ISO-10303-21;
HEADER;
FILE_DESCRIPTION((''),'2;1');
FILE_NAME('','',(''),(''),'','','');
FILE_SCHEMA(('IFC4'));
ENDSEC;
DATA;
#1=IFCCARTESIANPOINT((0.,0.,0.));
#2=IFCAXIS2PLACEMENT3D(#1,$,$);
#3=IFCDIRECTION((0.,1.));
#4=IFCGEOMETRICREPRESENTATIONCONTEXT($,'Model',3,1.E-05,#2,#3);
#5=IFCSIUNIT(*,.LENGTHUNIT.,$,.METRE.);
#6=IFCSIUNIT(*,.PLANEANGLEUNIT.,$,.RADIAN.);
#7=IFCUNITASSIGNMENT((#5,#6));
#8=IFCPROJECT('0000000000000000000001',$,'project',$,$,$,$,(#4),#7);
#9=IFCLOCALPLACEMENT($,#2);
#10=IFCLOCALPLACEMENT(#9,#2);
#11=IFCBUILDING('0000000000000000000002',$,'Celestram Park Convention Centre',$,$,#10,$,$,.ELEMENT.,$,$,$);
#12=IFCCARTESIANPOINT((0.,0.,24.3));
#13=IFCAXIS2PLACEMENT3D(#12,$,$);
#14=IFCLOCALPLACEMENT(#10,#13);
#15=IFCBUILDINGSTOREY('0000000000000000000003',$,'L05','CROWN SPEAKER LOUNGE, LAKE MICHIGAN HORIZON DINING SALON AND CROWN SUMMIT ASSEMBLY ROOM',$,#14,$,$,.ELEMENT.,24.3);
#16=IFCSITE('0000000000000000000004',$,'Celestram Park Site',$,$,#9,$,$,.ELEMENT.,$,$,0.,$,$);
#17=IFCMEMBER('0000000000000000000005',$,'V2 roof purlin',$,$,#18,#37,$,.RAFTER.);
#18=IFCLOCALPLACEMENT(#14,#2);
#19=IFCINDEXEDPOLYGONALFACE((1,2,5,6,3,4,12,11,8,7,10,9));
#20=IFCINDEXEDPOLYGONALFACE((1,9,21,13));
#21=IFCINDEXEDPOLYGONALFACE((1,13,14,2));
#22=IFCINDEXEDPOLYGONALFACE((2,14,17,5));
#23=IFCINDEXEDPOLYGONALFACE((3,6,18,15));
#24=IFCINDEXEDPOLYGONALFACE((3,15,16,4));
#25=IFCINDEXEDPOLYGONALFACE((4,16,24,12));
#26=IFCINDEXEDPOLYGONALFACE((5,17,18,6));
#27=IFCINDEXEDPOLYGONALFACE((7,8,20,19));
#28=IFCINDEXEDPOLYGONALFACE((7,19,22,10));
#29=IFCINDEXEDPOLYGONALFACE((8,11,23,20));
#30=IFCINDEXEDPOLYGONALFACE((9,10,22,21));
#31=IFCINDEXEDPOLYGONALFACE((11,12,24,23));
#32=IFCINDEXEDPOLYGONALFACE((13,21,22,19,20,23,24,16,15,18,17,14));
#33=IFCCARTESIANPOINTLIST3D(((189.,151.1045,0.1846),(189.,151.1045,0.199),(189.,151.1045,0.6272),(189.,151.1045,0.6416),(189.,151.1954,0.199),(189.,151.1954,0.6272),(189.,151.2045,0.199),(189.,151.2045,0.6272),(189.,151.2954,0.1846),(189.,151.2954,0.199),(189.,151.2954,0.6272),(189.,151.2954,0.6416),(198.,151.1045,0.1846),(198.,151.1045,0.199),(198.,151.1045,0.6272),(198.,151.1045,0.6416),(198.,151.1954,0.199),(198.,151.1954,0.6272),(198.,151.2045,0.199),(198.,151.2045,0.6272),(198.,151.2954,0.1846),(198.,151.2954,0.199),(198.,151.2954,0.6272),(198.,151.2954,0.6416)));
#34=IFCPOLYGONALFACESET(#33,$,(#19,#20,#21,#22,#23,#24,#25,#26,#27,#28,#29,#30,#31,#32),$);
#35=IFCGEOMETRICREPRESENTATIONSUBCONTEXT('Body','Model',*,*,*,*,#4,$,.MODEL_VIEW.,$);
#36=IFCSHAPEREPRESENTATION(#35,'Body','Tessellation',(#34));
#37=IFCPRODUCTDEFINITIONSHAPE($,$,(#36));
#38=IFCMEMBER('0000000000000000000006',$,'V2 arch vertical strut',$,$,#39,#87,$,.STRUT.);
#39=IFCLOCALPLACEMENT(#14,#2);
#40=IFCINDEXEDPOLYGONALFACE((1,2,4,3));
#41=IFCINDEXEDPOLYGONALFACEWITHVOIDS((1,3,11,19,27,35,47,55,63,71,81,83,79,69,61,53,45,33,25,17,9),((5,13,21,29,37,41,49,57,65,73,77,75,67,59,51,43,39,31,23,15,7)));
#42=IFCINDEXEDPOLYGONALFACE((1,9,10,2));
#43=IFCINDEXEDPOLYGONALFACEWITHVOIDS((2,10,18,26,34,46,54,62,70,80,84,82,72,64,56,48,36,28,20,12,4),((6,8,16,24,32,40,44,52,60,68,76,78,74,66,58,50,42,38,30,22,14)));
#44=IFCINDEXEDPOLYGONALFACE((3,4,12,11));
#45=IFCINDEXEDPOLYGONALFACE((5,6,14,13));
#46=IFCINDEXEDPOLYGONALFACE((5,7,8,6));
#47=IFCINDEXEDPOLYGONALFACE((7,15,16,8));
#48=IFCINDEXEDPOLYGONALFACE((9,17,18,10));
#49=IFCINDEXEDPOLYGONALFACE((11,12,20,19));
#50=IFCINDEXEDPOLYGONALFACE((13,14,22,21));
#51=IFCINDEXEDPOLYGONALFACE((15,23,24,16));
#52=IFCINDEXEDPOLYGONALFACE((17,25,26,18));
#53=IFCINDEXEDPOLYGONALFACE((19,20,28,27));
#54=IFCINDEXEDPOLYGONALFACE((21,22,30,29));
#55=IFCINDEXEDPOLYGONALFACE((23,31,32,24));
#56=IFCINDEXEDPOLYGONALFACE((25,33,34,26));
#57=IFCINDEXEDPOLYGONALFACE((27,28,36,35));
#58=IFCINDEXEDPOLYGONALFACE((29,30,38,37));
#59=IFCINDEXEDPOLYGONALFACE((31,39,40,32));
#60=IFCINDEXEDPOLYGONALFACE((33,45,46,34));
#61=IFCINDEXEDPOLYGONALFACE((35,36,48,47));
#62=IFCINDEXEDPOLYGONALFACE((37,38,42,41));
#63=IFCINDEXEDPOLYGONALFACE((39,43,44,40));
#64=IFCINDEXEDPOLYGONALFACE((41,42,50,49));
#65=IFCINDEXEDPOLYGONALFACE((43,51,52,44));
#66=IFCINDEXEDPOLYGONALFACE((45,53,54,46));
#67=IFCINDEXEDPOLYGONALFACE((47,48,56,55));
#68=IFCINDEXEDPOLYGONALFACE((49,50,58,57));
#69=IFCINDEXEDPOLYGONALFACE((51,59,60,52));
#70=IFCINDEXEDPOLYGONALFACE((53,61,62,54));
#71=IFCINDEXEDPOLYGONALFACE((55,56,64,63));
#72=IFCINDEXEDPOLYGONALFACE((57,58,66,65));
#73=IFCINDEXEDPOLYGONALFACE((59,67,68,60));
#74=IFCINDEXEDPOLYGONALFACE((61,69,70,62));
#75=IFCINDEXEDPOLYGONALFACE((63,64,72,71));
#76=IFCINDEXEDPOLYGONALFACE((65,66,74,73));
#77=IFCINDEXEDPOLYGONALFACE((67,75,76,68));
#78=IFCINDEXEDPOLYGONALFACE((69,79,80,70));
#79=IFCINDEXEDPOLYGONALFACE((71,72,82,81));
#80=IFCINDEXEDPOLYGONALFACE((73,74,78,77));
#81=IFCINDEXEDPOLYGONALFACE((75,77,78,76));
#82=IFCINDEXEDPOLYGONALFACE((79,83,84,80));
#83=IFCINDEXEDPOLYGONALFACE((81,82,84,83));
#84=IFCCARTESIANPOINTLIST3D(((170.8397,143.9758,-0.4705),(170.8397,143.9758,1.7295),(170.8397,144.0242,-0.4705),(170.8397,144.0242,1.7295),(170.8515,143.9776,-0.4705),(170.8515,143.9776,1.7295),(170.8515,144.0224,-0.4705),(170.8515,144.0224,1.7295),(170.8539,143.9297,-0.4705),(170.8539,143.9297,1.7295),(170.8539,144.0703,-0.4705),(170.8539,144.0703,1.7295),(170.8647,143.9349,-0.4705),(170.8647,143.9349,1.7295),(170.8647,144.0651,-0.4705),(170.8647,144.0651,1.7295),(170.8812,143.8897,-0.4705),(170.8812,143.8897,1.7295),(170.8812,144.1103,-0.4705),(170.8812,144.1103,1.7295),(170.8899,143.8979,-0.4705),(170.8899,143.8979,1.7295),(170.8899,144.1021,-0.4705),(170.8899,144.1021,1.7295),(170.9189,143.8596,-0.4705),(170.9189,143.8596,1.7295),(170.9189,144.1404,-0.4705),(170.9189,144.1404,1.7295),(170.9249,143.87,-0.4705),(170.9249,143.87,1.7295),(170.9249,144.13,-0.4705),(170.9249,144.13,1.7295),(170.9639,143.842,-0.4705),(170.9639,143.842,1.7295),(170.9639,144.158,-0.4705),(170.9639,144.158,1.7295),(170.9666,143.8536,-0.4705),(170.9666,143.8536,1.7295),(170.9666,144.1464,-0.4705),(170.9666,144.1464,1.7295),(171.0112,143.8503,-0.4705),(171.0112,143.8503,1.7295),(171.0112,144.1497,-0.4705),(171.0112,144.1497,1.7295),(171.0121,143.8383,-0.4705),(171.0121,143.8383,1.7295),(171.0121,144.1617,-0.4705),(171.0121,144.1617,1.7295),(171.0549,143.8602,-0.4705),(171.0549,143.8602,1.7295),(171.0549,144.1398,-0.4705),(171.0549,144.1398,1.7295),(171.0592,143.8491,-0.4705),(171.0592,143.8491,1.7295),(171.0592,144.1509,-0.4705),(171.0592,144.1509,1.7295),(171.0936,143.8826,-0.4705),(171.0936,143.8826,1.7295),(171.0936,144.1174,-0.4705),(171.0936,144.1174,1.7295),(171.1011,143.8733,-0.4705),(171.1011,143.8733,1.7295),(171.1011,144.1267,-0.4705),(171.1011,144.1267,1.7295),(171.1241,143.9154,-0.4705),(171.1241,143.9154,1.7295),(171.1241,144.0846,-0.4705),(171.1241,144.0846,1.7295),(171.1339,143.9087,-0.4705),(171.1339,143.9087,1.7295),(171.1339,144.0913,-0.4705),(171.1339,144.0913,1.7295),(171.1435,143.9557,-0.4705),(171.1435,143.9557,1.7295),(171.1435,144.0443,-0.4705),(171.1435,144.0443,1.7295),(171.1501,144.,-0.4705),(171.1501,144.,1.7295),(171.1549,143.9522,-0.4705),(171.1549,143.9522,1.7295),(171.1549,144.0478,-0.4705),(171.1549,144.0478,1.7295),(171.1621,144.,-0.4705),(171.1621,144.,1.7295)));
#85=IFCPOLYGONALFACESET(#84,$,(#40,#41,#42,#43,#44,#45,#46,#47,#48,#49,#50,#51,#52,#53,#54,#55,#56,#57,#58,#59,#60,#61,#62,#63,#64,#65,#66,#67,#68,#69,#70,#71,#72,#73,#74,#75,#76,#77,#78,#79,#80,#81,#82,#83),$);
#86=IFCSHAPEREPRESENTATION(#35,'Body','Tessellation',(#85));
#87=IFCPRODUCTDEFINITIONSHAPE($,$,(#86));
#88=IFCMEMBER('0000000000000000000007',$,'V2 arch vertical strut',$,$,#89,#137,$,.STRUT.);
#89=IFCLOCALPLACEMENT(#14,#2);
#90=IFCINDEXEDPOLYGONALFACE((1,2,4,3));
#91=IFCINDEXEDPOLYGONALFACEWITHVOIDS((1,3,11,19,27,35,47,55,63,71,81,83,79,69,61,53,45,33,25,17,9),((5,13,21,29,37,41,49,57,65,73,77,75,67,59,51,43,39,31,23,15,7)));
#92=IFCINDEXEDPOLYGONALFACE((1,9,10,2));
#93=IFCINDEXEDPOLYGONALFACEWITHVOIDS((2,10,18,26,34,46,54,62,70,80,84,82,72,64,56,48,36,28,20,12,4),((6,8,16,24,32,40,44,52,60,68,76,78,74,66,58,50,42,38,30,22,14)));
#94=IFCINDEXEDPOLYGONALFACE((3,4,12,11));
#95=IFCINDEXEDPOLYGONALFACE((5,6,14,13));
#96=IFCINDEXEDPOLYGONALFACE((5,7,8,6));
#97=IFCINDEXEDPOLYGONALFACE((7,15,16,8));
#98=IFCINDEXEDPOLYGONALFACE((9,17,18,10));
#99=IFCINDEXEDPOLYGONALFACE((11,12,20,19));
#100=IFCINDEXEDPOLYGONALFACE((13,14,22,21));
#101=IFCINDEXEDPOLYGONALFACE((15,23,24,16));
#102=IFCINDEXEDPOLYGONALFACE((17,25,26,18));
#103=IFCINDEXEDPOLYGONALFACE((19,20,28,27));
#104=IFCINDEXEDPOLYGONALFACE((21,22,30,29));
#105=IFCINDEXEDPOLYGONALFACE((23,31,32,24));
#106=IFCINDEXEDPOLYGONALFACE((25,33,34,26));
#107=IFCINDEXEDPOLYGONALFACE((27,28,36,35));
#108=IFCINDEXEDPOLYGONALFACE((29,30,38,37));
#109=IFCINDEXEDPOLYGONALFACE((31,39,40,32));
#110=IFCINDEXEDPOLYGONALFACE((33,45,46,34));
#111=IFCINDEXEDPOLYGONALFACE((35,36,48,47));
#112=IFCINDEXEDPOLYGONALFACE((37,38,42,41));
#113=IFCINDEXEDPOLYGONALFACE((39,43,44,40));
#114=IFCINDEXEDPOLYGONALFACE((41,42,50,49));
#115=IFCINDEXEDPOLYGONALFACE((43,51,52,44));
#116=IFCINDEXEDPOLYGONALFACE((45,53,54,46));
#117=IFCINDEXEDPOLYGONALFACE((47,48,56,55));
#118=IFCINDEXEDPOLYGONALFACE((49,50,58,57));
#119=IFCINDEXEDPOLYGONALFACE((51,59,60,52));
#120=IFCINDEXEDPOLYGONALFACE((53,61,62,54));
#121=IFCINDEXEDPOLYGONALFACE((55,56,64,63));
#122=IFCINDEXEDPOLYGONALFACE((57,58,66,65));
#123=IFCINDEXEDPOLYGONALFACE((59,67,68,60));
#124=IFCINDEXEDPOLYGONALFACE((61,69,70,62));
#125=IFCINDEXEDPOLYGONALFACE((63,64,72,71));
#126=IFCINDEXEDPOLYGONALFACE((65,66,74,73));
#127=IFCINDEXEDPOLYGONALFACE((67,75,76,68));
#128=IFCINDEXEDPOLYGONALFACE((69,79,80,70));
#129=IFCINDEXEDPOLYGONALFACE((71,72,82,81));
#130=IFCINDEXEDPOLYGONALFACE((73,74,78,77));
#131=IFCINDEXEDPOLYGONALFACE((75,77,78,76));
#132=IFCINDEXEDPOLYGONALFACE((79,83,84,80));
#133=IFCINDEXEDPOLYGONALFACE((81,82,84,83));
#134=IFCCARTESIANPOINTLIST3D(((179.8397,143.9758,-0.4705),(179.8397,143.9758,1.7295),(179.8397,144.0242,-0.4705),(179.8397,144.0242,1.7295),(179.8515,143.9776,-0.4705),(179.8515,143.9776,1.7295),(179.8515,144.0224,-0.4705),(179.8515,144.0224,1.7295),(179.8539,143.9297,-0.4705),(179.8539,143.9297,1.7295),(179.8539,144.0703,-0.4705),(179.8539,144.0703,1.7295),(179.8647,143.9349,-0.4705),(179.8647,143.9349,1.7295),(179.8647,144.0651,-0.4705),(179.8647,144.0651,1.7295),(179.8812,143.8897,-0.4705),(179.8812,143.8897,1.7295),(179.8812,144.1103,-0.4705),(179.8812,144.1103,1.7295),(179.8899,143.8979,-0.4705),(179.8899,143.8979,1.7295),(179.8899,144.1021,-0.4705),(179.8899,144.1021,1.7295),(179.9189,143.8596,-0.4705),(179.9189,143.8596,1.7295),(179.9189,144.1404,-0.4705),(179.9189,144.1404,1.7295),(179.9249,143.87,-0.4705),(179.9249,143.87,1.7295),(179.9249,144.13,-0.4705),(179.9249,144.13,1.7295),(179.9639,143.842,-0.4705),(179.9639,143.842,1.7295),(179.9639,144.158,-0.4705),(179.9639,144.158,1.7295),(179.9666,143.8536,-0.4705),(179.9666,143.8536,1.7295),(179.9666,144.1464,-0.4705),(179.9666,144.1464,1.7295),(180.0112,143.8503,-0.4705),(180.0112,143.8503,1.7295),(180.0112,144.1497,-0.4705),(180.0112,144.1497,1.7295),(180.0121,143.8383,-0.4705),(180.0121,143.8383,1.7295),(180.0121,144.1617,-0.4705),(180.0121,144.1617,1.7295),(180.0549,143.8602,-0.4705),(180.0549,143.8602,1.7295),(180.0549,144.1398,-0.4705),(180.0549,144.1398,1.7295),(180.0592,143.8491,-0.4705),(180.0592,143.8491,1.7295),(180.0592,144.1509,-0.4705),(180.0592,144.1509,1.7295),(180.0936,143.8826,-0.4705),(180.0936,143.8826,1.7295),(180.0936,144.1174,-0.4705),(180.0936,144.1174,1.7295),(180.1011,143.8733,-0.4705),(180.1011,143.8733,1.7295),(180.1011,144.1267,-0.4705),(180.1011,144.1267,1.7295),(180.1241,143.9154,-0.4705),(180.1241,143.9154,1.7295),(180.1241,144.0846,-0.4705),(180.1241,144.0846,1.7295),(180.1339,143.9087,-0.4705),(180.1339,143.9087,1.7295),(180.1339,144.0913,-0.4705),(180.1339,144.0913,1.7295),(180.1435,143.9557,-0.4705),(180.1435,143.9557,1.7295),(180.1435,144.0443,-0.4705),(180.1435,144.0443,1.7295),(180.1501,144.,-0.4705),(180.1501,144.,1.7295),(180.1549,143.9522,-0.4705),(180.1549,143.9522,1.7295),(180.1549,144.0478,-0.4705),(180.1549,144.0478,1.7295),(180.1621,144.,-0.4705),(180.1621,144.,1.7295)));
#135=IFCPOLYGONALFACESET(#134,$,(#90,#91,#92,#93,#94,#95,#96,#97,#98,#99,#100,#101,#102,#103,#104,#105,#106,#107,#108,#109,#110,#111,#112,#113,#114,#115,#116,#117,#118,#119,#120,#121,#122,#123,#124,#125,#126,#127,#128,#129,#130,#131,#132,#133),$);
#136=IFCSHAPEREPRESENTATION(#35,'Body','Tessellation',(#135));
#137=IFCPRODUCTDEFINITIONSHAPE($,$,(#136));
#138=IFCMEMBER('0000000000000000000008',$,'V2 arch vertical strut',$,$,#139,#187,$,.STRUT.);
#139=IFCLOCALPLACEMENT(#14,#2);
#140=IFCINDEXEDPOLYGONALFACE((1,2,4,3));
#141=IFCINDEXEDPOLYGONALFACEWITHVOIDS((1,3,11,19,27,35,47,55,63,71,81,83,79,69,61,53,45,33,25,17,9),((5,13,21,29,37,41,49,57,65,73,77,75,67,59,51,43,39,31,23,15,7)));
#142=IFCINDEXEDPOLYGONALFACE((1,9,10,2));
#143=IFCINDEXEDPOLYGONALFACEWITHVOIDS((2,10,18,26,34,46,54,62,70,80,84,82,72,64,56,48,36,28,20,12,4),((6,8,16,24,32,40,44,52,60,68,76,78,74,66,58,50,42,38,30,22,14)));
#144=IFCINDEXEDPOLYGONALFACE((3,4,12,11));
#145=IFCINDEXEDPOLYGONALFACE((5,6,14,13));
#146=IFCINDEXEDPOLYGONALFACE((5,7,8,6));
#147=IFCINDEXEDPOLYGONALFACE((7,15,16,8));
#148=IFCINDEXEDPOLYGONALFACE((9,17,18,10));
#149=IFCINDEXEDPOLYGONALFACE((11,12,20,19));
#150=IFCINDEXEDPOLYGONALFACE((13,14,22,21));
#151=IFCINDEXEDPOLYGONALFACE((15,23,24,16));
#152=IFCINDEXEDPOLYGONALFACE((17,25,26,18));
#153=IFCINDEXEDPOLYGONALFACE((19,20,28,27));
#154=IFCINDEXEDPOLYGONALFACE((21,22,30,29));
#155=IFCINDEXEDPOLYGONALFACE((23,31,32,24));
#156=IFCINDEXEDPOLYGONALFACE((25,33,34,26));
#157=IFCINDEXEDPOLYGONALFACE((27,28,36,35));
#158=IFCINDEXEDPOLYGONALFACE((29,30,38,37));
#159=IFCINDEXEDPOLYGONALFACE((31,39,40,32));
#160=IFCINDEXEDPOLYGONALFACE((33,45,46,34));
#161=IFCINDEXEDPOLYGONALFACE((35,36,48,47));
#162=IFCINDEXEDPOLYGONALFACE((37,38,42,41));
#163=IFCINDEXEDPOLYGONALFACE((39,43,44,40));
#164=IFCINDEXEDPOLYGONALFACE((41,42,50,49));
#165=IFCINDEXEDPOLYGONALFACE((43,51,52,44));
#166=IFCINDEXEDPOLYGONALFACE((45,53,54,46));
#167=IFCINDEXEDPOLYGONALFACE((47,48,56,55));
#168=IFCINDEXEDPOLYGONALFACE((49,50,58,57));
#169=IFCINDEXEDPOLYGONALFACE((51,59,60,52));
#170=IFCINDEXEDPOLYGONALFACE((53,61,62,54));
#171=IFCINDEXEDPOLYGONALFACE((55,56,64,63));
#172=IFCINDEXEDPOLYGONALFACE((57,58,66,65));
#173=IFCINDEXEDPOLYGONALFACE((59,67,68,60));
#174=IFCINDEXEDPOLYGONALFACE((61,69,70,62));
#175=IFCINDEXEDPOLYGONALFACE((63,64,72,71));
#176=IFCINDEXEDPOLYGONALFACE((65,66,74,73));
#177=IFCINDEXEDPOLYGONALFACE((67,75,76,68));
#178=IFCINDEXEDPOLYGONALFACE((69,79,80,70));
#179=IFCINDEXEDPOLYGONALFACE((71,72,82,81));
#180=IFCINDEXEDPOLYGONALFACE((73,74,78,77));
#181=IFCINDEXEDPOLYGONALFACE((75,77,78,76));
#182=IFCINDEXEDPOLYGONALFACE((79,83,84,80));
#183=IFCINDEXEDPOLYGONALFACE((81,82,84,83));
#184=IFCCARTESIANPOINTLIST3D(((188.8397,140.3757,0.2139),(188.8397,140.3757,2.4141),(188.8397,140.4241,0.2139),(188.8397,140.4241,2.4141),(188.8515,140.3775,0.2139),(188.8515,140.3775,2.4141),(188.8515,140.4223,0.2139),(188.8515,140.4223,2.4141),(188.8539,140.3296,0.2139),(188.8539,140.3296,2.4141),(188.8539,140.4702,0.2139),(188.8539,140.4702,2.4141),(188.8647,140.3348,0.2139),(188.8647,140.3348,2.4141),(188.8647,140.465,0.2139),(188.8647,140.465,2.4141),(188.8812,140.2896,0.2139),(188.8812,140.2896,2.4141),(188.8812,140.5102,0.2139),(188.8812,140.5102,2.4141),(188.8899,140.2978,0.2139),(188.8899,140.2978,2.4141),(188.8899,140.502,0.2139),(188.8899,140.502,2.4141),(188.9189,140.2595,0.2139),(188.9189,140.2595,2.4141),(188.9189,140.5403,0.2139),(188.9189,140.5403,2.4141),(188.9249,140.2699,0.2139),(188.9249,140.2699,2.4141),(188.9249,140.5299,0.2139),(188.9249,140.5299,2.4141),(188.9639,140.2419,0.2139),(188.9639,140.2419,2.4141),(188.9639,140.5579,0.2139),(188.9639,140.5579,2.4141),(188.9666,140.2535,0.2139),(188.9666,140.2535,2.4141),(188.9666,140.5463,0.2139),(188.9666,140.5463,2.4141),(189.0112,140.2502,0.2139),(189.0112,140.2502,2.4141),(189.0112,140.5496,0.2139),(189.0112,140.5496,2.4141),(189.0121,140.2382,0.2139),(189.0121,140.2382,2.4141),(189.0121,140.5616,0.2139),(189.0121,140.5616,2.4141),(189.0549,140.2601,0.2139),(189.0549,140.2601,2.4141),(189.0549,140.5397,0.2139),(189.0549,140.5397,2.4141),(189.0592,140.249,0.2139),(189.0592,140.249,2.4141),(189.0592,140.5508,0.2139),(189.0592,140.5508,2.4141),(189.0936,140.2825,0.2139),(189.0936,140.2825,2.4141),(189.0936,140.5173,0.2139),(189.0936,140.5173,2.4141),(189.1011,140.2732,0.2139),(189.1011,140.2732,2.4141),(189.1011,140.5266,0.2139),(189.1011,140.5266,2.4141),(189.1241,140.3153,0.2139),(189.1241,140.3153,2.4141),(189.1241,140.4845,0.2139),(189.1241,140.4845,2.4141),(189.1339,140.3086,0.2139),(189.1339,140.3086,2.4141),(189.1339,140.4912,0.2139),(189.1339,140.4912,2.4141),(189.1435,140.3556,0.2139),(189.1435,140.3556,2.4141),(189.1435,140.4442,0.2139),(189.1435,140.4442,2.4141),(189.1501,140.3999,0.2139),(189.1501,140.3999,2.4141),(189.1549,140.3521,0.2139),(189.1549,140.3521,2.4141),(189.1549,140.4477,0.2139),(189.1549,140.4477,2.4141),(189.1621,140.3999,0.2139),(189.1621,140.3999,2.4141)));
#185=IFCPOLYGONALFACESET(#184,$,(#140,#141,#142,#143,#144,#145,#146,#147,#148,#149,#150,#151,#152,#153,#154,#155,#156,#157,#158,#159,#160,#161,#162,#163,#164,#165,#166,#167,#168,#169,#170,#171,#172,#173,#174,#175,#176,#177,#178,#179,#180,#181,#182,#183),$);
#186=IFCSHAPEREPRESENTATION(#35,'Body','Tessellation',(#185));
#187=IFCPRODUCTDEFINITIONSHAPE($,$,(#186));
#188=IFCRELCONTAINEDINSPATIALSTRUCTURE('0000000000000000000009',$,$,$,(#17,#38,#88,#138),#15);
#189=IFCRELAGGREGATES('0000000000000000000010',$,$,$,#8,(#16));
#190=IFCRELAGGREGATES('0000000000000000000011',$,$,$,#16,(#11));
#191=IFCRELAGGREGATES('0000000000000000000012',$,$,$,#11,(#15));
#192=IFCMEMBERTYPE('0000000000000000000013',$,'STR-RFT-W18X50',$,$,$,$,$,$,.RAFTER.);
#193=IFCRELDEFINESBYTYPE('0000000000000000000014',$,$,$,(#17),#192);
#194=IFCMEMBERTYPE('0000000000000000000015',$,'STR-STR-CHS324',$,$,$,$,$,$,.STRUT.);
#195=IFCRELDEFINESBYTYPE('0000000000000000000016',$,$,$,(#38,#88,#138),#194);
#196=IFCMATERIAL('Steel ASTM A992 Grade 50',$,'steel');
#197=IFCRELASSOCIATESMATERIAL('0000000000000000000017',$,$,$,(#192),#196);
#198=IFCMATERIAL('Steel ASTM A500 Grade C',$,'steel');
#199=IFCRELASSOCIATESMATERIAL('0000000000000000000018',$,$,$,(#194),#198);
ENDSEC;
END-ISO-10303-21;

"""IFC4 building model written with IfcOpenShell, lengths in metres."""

from ifc_helpers import new_model, si_unit, direction, frame, origin, origin_2d, place, context, subcontext, project, spatial, hollow_circle, i_section, extrude, material, material_profile, profile_set, type_object, element, save


model = new_model("IFC4")

# Units and contexts
model_context = context("Model", 3, precision=1e-05, world=origin(), true_north=direction((0.0, 1.0)))
body_context = subcontext(model_context, "Body", "Model", "MODEL_VIEW")
ifc_project = project(units=[si_unit("LENGTHUNIT", "METRE"), si_unit("PLANEANGLEUNIT", "RADIAN")], contexts=[model_context])

# Site, building, storey
site_placement = place(None, origin())
site = spatial("IfcSite", under=ifc_project, at=site_placement, Name="Celestram Park Site", CompositionType="ELEMENT", RefElevation=0.0)
building_placement = place(site_placement, origin())
building = spatial("IfcBuilding", under=site, at=building_placement, Name="Celestram Park Convention Centre", CompositionType="ELEMENT")
storey_placement = place(building_placement, frame((0.0, 0.0, 24.3)))
storey = spatial("IfcBuildingStorey", under=building, at=storey_placement, Name="L05", Description="CROWN SPEAKER LOUNGE, LAKE MICHIGAN HORIZON DINING SALON AND CROWN SUMMIT ASSEMBLY ROOM", CompositionType="ELEMENT", Elevation=24.3)

# Members
ifc_material_1 = material(Name="Steel ASTM A500 Grade C", Category="steel")
ifc_material_2 = material(Name="Steel ASTM A992 Grade 50", Category="steel")
ifc_material_profile_1 = material_profile(ifc_material_2, i_section(OverallWidth=0.1909, OverallDepth=0.457, WebThickness=0.009, FlangeThickness=0.0144, at=origin_2d()), Name="W18X50")
ifc_profile_set_1 = profile_set([ifc_material_profile_1], Name="Steel ASTM A992 Grade 50")
member_type_1 = type_object("IfcMemberType", Name="STR-RFT-W18X50", PredefinedType="RAFTER", material=ifc_profile_set_1)
for number, where, z_axis, x_axis, name in (
    (1, (189.0, 151.2, 0.4131), (1.0, 0.0, 0.0), (0.0, 1.0, 0.0), "V2 roof purlin"),
):
    element("IfcMember", number, at=place(storey_placement, frame(where, z_axis=z_axis, x_axis=x_axis)), inside=storey, type_object=member_type_1, Name=name, PredefinedType="RAFTER", context=body_context, shape_type="SweptSolid", body=[
        extrude(i_section(OverallWidth=0.1909, OverallDepth=0.457, WebThickness=0.009, FlangeThickness=0.0144, at=origin_2d()), origin(), (0.0, 0.0, 1.0), 9.0),
    ])
ifc_material_profile_2 = material_profile(ifc_material_1, hollow_circle(Radius=0.1621, WallThickness=0.012, at=origin_2d()), Name="CHS324X12")
ifc_profile_set_2 = profile_set([ifc_material_profile_2], Name="Steel ASTM A500 Grade C")
member_type_2 = type_object("IfcMemberType", Name="STR-STR-CHS324", PredefinedType="STRUT", material=ifc_profile_set_2)
for number, where, z_axis, x_axis, name in (
    (2, (171.0, 144.0, -0.4705), (0.0, 0.0, 1.0), (1.0, 0.0, 0.0), "V2 arch vertical strut"),
    (3, (180.0, 144.0, -0.4705), (0.0, 0.0, 1.0), (1.0, 0.0, 0.0), "V2 arch vertical strut"),
):
    element("IfcMember", number, at=place(storey_placement, frame(where, z_axis=z_axis, x_axis=x_axis)), inside=storey, type_object=member_type_2, Name=name, PredefinedType="STRUT", context=body_context, shape_type="SweptSolid", body=[
        extrude(hollow_circle(Radius=0.1621, WallThickness=0.012, at=origin_2d()), origin(), (0.0, 0.0, 1.0), 2.2),
    ])
member_1_placement = place(storey_placement, frame((189.0, 140.3999, 0.2139), z_axis=(0.0, 0.0, 1.0), x_axis=(1.0, 0.0, 0.0)))
element("IfcMember", 4, at=member_1_placement, inside=storey, type_object=member_type_2, Name="V2 arch vertical strut", PredefinedType="STRUT", context=body_context, shape_type="SweptSolid", body=[
    extrude(hollow_circle(Radius=0.1621, WallThickness=0.012, at=origin_2d()), origin(), (0.0, 0.0, 1.0), 2.2002),
])

save(model, "model.ifc")
